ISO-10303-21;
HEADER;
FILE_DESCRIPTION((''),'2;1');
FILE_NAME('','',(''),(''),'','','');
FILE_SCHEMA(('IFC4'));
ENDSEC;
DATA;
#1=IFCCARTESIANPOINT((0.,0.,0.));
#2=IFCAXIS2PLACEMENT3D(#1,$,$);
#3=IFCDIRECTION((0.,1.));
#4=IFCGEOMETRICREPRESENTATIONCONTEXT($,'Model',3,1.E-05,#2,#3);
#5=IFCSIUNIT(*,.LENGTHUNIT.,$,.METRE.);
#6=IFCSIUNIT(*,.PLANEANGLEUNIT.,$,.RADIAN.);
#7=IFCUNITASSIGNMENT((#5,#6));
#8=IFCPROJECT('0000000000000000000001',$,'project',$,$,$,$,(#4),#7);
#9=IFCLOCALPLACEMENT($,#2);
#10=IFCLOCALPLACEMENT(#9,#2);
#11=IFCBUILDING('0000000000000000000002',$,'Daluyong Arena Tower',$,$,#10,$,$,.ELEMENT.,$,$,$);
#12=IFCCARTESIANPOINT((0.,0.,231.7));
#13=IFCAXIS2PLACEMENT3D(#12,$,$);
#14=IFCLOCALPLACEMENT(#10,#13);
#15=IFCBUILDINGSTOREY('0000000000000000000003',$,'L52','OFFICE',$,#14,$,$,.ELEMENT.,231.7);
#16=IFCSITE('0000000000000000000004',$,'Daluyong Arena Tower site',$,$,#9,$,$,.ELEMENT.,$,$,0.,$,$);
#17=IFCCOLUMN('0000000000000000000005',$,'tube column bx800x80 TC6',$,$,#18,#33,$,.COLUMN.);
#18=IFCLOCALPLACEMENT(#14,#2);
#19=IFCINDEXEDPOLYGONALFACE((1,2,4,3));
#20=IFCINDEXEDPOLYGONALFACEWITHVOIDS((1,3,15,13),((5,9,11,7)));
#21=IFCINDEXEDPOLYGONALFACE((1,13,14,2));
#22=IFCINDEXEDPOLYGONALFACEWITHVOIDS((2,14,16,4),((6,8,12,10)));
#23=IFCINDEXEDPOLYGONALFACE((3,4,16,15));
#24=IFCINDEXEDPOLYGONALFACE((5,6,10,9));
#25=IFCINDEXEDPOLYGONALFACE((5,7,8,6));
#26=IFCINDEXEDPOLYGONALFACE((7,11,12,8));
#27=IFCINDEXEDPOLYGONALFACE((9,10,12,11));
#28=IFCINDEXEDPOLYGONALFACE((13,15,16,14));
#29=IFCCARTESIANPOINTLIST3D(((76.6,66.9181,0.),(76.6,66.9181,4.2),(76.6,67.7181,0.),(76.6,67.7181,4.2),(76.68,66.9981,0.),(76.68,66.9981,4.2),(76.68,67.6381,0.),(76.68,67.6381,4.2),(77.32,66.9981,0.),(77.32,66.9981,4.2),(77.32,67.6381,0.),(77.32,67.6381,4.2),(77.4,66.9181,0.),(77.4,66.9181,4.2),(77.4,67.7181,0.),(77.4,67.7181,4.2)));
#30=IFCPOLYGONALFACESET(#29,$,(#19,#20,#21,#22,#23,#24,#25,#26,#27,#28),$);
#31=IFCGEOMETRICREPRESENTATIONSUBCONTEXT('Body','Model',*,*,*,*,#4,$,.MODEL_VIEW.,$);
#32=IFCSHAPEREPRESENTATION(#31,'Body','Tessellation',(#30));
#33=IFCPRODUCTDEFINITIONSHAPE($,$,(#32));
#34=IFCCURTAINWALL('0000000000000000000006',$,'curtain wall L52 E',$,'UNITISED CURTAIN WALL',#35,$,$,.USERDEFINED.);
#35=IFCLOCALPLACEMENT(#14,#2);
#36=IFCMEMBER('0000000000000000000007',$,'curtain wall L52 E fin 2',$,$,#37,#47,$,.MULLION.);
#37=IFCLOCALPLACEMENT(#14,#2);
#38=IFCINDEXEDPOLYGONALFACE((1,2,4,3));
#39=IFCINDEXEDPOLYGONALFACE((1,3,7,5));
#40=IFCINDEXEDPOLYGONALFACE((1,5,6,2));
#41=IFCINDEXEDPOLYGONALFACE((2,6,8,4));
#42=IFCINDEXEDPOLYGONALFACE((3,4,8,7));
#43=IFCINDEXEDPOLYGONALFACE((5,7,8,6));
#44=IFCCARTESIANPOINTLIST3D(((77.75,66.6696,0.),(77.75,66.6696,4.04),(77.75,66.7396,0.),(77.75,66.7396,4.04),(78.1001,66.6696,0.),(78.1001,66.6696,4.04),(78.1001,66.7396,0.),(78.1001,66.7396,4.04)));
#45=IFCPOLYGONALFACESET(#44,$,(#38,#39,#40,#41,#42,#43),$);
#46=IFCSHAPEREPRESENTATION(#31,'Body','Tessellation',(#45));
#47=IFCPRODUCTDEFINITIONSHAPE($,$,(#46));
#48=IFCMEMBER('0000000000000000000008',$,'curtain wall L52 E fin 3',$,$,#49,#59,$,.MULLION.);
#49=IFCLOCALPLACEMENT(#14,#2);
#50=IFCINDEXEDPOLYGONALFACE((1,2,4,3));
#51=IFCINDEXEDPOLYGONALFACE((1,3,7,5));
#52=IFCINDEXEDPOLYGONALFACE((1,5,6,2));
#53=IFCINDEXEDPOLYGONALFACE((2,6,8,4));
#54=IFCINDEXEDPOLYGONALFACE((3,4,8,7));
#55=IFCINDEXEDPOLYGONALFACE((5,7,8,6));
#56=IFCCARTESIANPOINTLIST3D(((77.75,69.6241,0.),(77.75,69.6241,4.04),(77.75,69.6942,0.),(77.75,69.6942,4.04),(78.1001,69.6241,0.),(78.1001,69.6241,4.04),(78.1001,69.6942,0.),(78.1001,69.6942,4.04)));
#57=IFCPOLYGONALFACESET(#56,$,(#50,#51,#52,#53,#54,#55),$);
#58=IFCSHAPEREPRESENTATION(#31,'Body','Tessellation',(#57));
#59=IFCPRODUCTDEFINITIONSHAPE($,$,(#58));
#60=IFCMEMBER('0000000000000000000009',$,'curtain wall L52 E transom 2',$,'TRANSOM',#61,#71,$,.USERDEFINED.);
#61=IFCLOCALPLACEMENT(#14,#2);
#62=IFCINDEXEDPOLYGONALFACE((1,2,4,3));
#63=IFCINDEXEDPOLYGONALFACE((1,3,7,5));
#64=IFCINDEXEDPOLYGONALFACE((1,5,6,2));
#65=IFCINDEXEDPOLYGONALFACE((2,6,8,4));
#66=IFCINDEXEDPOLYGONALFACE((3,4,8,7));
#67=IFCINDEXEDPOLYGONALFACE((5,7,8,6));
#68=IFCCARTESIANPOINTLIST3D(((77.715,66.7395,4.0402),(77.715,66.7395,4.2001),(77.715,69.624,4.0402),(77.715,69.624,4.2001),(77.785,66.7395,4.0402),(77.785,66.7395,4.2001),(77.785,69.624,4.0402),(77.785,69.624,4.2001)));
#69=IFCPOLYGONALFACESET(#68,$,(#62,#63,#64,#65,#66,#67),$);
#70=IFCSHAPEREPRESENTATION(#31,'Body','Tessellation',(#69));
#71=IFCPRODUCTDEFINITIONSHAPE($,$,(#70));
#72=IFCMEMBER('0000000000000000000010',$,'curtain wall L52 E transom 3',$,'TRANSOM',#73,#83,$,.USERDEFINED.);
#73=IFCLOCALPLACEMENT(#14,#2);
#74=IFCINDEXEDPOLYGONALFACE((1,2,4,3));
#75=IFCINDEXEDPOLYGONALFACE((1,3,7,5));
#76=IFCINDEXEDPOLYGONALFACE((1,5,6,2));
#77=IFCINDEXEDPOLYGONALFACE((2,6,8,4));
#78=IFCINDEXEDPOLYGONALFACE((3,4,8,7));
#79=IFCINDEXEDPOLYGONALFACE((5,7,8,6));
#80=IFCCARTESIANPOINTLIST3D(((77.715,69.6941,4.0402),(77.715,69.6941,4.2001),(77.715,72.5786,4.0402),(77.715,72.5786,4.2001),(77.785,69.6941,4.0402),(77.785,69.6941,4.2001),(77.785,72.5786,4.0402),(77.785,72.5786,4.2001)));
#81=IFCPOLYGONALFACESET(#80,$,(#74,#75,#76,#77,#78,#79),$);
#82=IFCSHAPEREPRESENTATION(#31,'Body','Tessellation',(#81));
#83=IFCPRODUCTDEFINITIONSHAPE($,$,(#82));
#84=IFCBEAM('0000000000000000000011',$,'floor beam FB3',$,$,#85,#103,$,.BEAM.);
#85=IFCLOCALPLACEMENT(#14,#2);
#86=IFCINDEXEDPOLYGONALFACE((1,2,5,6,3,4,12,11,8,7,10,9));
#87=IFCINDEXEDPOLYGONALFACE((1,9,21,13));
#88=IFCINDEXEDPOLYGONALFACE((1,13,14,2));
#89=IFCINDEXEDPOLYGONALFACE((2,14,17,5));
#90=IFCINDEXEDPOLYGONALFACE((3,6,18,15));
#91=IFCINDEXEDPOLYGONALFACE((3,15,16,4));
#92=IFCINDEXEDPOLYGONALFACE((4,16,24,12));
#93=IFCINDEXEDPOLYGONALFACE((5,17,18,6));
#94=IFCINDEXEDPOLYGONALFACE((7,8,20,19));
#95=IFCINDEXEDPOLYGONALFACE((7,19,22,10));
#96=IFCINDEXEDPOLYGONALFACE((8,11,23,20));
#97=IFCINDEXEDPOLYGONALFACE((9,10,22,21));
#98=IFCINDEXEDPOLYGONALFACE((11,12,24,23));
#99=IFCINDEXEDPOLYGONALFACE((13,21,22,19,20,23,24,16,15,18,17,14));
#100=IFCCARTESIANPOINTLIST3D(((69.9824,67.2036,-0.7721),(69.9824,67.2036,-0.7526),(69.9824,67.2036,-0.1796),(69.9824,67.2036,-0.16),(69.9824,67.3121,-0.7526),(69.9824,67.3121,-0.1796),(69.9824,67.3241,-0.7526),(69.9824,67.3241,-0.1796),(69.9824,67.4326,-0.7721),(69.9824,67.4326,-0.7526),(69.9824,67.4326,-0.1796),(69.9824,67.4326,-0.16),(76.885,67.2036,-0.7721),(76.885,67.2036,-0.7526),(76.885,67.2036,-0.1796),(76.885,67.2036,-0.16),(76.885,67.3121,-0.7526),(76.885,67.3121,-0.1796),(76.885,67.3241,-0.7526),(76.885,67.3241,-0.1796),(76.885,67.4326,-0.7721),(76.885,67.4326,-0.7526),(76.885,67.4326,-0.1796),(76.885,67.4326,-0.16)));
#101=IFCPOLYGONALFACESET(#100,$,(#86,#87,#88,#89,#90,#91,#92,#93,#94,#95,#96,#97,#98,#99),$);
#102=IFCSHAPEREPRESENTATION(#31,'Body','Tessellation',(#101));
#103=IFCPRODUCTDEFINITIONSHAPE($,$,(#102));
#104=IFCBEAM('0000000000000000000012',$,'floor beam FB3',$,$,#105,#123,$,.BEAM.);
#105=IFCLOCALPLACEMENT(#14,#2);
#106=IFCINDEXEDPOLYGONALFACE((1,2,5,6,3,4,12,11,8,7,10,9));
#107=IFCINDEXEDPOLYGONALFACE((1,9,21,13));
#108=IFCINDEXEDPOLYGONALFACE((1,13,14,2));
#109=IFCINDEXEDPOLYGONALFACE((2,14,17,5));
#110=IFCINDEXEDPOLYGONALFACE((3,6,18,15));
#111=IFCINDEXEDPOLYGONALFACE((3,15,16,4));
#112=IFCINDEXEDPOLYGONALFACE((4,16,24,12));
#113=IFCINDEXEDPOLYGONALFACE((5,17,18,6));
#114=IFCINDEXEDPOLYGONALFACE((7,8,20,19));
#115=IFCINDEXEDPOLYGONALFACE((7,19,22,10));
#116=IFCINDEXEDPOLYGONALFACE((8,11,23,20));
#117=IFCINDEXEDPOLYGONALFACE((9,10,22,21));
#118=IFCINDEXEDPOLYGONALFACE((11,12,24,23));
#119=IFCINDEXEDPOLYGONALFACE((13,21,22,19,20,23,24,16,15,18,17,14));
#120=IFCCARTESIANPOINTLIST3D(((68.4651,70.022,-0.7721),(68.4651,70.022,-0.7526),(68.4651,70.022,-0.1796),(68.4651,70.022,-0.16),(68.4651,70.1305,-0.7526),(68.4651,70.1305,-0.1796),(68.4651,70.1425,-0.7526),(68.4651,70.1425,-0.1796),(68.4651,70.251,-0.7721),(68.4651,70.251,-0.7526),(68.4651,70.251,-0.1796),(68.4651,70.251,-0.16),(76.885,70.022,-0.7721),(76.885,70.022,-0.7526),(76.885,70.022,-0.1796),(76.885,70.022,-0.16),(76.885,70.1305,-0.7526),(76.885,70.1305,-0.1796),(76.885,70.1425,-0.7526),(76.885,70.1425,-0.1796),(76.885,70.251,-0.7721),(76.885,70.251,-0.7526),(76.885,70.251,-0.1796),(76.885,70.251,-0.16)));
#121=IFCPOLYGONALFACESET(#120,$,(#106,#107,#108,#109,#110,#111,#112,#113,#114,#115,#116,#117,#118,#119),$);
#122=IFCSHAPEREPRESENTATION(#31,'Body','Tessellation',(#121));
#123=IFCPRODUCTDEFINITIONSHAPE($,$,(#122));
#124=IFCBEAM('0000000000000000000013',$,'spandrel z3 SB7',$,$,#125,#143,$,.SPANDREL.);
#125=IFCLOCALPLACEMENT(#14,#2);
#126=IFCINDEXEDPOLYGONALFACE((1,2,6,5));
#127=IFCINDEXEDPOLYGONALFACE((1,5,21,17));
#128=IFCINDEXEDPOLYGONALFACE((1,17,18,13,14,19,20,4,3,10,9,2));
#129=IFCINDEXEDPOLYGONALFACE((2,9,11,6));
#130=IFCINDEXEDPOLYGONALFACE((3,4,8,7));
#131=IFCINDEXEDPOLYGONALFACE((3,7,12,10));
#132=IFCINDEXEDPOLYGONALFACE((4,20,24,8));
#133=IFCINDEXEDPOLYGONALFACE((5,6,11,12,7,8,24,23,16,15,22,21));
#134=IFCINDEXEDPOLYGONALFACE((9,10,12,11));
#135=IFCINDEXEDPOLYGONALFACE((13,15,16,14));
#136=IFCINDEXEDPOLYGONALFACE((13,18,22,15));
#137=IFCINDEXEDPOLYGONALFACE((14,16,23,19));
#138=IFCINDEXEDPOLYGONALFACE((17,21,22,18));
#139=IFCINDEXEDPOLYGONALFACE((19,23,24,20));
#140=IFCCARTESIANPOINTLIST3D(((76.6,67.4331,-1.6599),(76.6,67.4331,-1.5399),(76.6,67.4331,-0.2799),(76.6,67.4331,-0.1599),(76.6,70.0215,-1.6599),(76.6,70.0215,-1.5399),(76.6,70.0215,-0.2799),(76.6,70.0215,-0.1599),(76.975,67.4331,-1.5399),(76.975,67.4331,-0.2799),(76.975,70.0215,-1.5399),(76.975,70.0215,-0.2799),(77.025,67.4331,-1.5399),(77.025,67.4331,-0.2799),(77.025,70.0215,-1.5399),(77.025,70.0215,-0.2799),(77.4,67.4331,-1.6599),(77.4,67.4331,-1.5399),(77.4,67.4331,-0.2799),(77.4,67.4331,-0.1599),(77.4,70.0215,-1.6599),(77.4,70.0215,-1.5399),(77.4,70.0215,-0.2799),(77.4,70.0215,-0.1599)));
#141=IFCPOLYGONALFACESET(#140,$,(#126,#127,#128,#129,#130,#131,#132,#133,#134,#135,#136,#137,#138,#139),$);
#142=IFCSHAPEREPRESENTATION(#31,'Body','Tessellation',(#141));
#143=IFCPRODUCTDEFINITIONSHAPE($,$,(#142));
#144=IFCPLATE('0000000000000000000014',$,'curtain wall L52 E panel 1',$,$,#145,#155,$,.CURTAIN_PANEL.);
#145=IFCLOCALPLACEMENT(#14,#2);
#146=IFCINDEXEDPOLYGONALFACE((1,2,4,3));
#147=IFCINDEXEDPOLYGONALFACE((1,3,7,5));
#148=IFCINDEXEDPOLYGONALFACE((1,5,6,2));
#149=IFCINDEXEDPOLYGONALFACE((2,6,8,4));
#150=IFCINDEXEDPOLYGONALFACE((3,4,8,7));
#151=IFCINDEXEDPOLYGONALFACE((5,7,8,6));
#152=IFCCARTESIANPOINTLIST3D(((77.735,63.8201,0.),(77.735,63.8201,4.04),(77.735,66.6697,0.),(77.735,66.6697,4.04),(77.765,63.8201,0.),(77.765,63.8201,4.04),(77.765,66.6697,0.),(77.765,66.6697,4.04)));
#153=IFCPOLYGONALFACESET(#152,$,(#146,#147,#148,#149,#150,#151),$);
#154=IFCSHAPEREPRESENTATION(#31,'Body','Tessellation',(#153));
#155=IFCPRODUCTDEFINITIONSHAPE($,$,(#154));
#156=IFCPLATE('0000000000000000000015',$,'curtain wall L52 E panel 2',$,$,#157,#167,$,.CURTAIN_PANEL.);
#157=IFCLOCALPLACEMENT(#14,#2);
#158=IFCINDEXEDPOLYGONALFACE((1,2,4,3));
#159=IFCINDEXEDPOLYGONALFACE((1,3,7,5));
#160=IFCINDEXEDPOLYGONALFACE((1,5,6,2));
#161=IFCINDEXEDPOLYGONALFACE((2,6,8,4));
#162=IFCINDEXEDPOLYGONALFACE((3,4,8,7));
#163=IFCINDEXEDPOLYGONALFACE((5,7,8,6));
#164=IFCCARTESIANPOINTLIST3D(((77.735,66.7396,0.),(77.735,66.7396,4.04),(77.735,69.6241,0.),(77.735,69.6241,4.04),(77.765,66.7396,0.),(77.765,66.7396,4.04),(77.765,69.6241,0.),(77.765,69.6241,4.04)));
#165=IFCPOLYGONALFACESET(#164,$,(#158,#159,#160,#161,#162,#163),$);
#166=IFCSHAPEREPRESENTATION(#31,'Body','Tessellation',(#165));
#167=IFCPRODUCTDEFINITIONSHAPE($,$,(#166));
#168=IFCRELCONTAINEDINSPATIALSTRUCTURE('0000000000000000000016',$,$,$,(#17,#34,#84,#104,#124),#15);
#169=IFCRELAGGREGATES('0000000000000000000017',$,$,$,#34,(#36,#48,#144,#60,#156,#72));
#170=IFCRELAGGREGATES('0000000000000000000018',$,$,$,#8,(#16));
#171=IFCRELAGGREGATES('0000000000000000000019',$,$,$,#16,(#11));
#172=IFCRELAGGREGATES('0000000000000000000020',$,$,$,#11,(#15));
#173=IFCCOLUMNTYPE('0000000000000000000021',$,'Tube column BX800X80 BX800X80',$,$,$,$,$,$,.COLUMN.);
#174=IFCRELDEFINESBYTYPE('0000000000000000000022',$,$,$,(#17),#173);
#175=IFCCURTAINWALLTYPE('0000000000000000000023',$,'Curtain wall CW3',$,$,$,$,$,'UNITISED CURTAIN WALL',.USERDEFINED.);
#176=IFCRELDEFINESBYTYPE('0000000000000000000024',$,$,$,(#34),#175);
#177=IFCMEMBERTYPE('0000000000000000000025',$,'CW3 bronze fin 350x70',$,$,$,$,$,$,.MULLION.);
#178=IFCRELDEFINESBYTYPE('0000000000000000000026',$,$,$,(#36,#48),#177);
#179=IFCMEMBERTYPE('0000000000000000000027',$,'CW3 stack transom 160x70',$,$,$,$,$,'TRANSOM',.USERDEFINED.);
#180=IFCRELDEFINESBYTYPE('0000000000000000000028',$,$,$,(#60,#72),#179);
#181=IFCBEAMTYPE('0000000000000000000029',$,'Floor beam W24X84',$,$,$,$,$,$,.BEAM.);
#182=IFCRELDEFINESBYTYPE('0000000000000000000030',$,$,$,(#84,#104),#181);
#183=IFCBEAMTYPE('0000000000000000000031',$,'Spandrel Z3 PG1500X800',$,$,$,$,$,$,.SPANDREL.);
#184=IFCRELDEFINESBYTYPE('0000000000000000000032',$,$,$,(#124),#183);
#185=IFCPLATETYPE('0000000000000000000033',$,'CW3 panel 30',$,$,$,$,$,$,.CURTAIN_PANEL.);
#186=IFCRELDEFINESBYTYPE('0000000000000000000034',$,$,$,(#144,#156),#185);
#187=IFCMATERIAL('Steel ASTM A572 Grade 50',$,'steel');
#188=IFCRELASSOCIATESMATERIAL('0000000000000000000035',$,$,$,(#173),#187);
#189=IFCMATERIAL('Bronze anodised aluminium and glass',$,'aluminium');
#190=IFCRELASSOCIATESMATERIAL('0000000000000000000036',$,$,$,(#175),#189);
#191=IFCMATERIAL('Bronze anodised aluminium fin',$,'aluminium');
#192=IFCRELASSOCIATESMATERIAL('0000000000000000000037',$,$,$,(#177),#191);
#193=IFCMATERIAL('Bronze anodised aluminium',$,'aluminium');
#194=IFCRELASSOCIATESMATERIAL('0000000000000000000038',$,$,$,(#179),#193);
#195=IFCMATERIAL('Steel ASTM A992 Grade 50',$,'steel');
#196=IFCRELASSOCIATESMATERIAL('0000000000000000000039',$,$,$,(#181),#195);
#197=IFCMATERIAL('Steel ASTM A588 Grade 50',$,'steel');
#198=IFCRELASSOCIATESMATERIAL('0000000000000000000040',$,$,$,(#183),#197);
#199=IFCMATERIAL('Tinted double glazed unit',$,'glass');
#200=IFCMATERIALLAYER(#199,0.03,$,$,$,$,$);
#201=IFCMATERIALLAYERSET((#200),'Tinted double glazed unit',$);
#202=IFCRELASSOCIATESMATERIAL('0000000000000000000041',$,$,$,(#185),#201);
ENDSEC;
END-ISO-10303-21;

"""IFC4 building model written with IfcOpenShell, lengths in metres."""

from ifc_helpers import new_model, si_unit, direction, frame, origin, origin_2d, place, context, subcontext, project, spatial, rectangle, hollow_rectangle, i_section, extrude, material, layer, layer_set, material_profile, profile_set, type_object, element, aggregate, save


model = new_model("IFC4")

# Units and contexts
model_context = context("Model", 3, precision=1e-05, world=origin(), true_north=direction((0.0, 1.0)))
body_context = subcontext(model_context, "Body", "Model", "MODEL_VIEW")
ifc_project = project(units=[si_unit("LENGTHUNIT", "METRE"), si_unit("PLANEANGLEUNIT", "RADIAN")], contexts=[model_context])

# Site, building, storey
site_placement = place(None, origin())
site = spatial("IfcSite", under=ifc_project, at=site_placement, Name="Daluyong Arena Tower site", CompositionType="ELEMENT", RefElevation=0.0)
building_placement = place(site_placement, origin())
building = spatial("IfcBuilding", under=site, at=building_placement, Name="Daluyong Arena Tower", CompositionType="ELEMENT")
storey_placement = place(building_placement, frame((0.0, 0.0, 231.7)))
storey = spatial("IfcBuildingStorey", under=building, at=storey_placement, Name="L52", Description="OFFICE", CompositionType="ELEMENT", Elevation=231.7)

# Column
ifc_material_1 = material(Name="Steel ASTM A572 Grade 50", Category="steel")
ifc_material_profile_1 = material_profile(ifc_material_1, hollow_rectangle(XDim=0.8, YDim=0.8, WallThickness=0.08, at=origin_2d()))
ifc_profile_set_1 = profile_set([ifc_material_profile_1], Name="Steel ASTM A572 Grade 50")
column_type = type_object("IfcColumnType", Name="Tube column BX800X80 BX800X80", PredefinedType="COLUMN", material=ifc_profile_set_1)
column_placement = place(storey_placement, frame((77.0, 67.3181, 0.0), z_axis=(0.0, 0.0, 1.0), x_axis=(0.0, 1.0, 0.0)))
element("IfcColumn", 1, at=column_placement, inside=storey, type_object=column_type, Name="tube column bx800x80 TC6", PredefinedType="COLUMN", context=body_context, shape_type="SweptSolid", body=[
    extrude(hollow_rectangle(XDim=0.8, YDim=0.8, WallThickness=0.08, at=origin_2d()), origin(), (0.0, 0.0, 1.0), 4.2),
])

# Curtain wall, members
ifc_material_2 = material(Name="Bronze anodised aluminium and glass", Category="aluminium")
curtain_wall_type = type_object("IfcCurtainWallType", Name="Curtain wall CW3", ElementType="UNITISED CURTAIN WALL", PredefinedType="USERDEFINED", material=ifc_material_2)
curtain_wall_placement = place(storey_placement, origin())
curtain_wall = element("IfcCurtainWall", 2, at=curtain_wall_placement, inside=storey, type_object=curtain_wall_type, Name="curtain wall L52 E", ObjectType="UNITISED CURTAIN WALL", PredefinedType="USERDEFINED")
ifc_material_3 = material(Name="Bronze anodised aluminium fin", Category="aluminium")
ifc_material_profile_2 = material_profile(ifc_material_3, rectangle(XDim=0.3501, YDim=0.0701, at=origin_2d()))
ifc_profile_set_2 = profile_set([ifc_material_profile_2], Name="Bronze anodised aluminium fin")
member_type_1 = type_object("IfcMemberType", Name="CW3 bronze fin 350x70", PredefinedType="MULLION", material=ifc_profile_set_2)
member_1_placement = place(storey_placement, frame((77.925, 66.7046, 0.0), z_axis=(0.0, 0.0, 1.0), x_axis=(-1.0, 0.0, 0.0)))
member_1 = element("IfcMember", 3, at=member_1_placement, type_object=member_type_1, Name="curtain wall L52 E fin 2", PredefinedType="MULLION", context=body_context, shape_type="SweptSolid", body=[
    extrude(rectangle(XDim=0.3501, YDim=0.0701, at=origin_2d()), origin(), (0.0, 0.0, 1.0), 4.04),
])
member_2_placement = place(storey_placement, frame((77.925, 69.6592, 0.0), z_axis=(0.0, 0.0, 1.0), x_axis=(-1.0, 0.0, 0.0)))
member_2 = element("IfcMember", 4, at=member_2_placement, type_object=member_type_1, Name="curtain wall L52 E fin 3", PredefinedType="MULLION", context=body_context, shape_type="SweptSolid", body=[
    extrude(rectangle(XDim=0.3501, YDim=0.0701, at=origin_2d()), origin(), (0.0, 0.0, 1.0), 4.04),
])
ifc_material_4 = material(Name="Bronze anodised aluminium", Category="aluminium")
ifc_material_profile_3 = material_profile(ifc_material_4, rectangle(XDim=0.0701, YDim=0.1599, at=origin_2d()))
ifc_profile_set_3 = profile_set([ifc_material_profile_3], Name="Bronze anodised aluminium")
member_type_2 = type_object("IfcMemberType", Name="CW3 stack transom 160x70", ElementType="TRANSOM", PredefinedType="USERDEFINED", material=ifc_profile_set_3)
member_3_placement = place(storey_placement, frame((77.75, 66.7395, 4.1201), z_axis=(0.0, 1.0, 0.0), x_axis=(-1.0, 0.0, 0.0)))
member_3 = element("IfcMember", 5, at=member_3_placement, type_object=member_type_2, Name="curtain wall L52 E transom 2", ObjectType="TRANSOM", PredefinedType="USERDEFINED", context=body_context, shape_type="SweptSolid", body=[
    extrude(rectangle(XDim=0.0701, YDim=0.1599, at=origin_2d()), origin(), (0.0, 0.0, 1.0), 2.8845),
])
member_4_placement = place(storey_placement, frame((77.75, 69.6941, 4.1201), z_axis=(0.0, 1.0, 0.0), x_axis=(-1.0, 0.0, 0.0)))
member_4 = element("IfcMember", 6, at=member_4_placement, type_object=member_type_2, Name="curtain wall L52 E transom 3", ObjectType="TRANSOM", PredefinedType="USERDEFINED", context=body_context, shape_type="SweptSolid", body=[
    extrude(rectangle(XDim=0.0701, YDim=0.1599, at=origin_2d()), origin(), (0.0, 0.0, 1.0), 2.8845),
])

# Beams
ifc_material_5 = material(Name="Steel ASTM A992 Grade 50", Category="steel")
ifc_material_profile_4 = material_profile(ifc_material_5, i_section(OverallWidth=0.229, OverallDepth=0.6121, WebThickness=0.012, FlangeThickness=0.0195, at=origin_2d()))
ifc_profile_set_4 = profile_set([ifc_material_profile_4], Name="Steel ASTM A992 Grade 50")
beam_type_1 = type_object("IfcBeamType", Name="Floor beam W24X84", PredefinedType="BEAM", material=ifc_profile_set_4)
beam_1_placement = place(storey_placement, frame((76.885, 67.3181, -0.4661), z_axis=(-1.0, 0.0, 0.0), x_axis=(0.0, -1.0, 0.0)))
element("IfcBeam", 7, at=beam_1_placement, inside=storey, type_object=beam_type_1, Name="floor beam FB3", PredefinedType="BEAM", context=body_context, shape_type="SweptSolid", body=[
    extrude(i_section(OverallWidth=0.229, OverallDepth=0.6121, WebThickness=0.012, FlangeThickness=0.0195, at=origin_2d()), origin(), (0.0, 0.0, 1.0), 6.9026),
])
beam_2_placement = place(storey_placement, frame((76.885, 70.1365, -0.4661), z_axis=(-1.0, 0.0, 0.0), x_axis=(0.0, -1.0, 0.0)))
element("IfcBeam", 8, at=beam_2_placement, inside=storey, type_object=beam_type_1, Name="floor beam FB3", PredefinedType="BEAM", context=body_context, shape_type="SweptSolid", body=[
    extrude(i_section(OverallWidth=0.229, OverallDepth=0.6121, WebThickness=0.012, FlangeThickness=0.0195, at=origin_2d()), origin(), (0.0, 0.0, 1.0), 8.4199),
])
ifc_material_6 = material(Name="Steel ASTM A588 Grade 50", Category="steel")
ifc_material_profile_5 = material_profile(ifc_material_6, i_section(OverallWidth=0.8, OverallDepth=1.5, WebThickness=0.05, FlangeThickness=0.12, at=origin_2d()))
ifc_profile_set_5 = profile_set([ifc_material_profile_5], Name="Steel ASTM A588 Grade 50")
beam_type_2 = type_object("IfcBeamType", Name="Spandrel Z3 PG1500X800", PredefinedType="SPANDREL", material=ifc_profile_set_5)
beam_3_placement = place(storey_placement, frame((77.0, 67.4331, -0.9099), z_axis=(0.0, 1.0, 0.0), x_axis=(-1.0, 0.0, 0.0)))
element("IfcBeam", 9, at=beam_3_placement, inside=storey, type_object=beam_type_2, Name="spandrel z3 SB7", PredefinedType="SPANDREL", context=body_context, shape_type="SweptSolid", body=[
    extrude(i_section(OverallWidth=0.8, OverallDepth=1.5, WebThickness=0.05, FlangeThickness=0.12, at=origin_2d()), origin(), (0.0, 0.0, 1.0), 2.5884),
])

# Plates
ifc_material_7 = material(Name="Tinted double glazed unit", Category="glass")
ifc_layer_1 = layer(ifc_material_7, 0.03)
ifc_layer_set_1 = layer_set([ifc_layer_1], Name="Tinted double glazed unit")
plate_type = type_object("IfcPlateType", Name="CW3 panel 30", PredefinedType="CURTAIN_PANEL", material=ifc_layer_set_1)
plate_1_placement = place(storey_placement, frame((77.75, 65.2449, 0.0), z_axis=(0.0, 0.0, 1.0), x_axis=(0.0, 1.0, 0.0)))
plate_1 = element("IfcPlate", 10, at=plate_1_placement, type_object=plate_type, Name="curtain wall L52 E panel 1", PredefinedType="CURTAIN_PANEL", context=body_context, shape_type="SweptSolid", body=[
    extrude(rectangle(XDim=2.8496, YDim=0.03, at=origin_2d()), origin(), (0.0, 0.0, 1.0), 4.04),
])
plate_2_placement = place(storey_placement, frame((77.75, 68.1819, 0.0), z_axis=(0.0, 0.0, 1.0), x_axis=(0.0, 1.0, 0.0)))
plate_2 = element("IfcPlate", 11, at=plate_2_placement, type_object=plate_type, Name="curtain wall L52 E panel 2", PredefinedType="CURTAIN_PANEL", context=body_context, shape_type="SweptSolid", body=[
    extrude(rectangle(XDim=2.8845, YDim=0.03, at=origin_2d()), origin(), (0.0, 0.0, 1.0), 4.04),
])
aggregate(curtain_wall, [member_1, member_2, plate_1, member_3, plate_2, member_4])

save(model, "model.ifc")
